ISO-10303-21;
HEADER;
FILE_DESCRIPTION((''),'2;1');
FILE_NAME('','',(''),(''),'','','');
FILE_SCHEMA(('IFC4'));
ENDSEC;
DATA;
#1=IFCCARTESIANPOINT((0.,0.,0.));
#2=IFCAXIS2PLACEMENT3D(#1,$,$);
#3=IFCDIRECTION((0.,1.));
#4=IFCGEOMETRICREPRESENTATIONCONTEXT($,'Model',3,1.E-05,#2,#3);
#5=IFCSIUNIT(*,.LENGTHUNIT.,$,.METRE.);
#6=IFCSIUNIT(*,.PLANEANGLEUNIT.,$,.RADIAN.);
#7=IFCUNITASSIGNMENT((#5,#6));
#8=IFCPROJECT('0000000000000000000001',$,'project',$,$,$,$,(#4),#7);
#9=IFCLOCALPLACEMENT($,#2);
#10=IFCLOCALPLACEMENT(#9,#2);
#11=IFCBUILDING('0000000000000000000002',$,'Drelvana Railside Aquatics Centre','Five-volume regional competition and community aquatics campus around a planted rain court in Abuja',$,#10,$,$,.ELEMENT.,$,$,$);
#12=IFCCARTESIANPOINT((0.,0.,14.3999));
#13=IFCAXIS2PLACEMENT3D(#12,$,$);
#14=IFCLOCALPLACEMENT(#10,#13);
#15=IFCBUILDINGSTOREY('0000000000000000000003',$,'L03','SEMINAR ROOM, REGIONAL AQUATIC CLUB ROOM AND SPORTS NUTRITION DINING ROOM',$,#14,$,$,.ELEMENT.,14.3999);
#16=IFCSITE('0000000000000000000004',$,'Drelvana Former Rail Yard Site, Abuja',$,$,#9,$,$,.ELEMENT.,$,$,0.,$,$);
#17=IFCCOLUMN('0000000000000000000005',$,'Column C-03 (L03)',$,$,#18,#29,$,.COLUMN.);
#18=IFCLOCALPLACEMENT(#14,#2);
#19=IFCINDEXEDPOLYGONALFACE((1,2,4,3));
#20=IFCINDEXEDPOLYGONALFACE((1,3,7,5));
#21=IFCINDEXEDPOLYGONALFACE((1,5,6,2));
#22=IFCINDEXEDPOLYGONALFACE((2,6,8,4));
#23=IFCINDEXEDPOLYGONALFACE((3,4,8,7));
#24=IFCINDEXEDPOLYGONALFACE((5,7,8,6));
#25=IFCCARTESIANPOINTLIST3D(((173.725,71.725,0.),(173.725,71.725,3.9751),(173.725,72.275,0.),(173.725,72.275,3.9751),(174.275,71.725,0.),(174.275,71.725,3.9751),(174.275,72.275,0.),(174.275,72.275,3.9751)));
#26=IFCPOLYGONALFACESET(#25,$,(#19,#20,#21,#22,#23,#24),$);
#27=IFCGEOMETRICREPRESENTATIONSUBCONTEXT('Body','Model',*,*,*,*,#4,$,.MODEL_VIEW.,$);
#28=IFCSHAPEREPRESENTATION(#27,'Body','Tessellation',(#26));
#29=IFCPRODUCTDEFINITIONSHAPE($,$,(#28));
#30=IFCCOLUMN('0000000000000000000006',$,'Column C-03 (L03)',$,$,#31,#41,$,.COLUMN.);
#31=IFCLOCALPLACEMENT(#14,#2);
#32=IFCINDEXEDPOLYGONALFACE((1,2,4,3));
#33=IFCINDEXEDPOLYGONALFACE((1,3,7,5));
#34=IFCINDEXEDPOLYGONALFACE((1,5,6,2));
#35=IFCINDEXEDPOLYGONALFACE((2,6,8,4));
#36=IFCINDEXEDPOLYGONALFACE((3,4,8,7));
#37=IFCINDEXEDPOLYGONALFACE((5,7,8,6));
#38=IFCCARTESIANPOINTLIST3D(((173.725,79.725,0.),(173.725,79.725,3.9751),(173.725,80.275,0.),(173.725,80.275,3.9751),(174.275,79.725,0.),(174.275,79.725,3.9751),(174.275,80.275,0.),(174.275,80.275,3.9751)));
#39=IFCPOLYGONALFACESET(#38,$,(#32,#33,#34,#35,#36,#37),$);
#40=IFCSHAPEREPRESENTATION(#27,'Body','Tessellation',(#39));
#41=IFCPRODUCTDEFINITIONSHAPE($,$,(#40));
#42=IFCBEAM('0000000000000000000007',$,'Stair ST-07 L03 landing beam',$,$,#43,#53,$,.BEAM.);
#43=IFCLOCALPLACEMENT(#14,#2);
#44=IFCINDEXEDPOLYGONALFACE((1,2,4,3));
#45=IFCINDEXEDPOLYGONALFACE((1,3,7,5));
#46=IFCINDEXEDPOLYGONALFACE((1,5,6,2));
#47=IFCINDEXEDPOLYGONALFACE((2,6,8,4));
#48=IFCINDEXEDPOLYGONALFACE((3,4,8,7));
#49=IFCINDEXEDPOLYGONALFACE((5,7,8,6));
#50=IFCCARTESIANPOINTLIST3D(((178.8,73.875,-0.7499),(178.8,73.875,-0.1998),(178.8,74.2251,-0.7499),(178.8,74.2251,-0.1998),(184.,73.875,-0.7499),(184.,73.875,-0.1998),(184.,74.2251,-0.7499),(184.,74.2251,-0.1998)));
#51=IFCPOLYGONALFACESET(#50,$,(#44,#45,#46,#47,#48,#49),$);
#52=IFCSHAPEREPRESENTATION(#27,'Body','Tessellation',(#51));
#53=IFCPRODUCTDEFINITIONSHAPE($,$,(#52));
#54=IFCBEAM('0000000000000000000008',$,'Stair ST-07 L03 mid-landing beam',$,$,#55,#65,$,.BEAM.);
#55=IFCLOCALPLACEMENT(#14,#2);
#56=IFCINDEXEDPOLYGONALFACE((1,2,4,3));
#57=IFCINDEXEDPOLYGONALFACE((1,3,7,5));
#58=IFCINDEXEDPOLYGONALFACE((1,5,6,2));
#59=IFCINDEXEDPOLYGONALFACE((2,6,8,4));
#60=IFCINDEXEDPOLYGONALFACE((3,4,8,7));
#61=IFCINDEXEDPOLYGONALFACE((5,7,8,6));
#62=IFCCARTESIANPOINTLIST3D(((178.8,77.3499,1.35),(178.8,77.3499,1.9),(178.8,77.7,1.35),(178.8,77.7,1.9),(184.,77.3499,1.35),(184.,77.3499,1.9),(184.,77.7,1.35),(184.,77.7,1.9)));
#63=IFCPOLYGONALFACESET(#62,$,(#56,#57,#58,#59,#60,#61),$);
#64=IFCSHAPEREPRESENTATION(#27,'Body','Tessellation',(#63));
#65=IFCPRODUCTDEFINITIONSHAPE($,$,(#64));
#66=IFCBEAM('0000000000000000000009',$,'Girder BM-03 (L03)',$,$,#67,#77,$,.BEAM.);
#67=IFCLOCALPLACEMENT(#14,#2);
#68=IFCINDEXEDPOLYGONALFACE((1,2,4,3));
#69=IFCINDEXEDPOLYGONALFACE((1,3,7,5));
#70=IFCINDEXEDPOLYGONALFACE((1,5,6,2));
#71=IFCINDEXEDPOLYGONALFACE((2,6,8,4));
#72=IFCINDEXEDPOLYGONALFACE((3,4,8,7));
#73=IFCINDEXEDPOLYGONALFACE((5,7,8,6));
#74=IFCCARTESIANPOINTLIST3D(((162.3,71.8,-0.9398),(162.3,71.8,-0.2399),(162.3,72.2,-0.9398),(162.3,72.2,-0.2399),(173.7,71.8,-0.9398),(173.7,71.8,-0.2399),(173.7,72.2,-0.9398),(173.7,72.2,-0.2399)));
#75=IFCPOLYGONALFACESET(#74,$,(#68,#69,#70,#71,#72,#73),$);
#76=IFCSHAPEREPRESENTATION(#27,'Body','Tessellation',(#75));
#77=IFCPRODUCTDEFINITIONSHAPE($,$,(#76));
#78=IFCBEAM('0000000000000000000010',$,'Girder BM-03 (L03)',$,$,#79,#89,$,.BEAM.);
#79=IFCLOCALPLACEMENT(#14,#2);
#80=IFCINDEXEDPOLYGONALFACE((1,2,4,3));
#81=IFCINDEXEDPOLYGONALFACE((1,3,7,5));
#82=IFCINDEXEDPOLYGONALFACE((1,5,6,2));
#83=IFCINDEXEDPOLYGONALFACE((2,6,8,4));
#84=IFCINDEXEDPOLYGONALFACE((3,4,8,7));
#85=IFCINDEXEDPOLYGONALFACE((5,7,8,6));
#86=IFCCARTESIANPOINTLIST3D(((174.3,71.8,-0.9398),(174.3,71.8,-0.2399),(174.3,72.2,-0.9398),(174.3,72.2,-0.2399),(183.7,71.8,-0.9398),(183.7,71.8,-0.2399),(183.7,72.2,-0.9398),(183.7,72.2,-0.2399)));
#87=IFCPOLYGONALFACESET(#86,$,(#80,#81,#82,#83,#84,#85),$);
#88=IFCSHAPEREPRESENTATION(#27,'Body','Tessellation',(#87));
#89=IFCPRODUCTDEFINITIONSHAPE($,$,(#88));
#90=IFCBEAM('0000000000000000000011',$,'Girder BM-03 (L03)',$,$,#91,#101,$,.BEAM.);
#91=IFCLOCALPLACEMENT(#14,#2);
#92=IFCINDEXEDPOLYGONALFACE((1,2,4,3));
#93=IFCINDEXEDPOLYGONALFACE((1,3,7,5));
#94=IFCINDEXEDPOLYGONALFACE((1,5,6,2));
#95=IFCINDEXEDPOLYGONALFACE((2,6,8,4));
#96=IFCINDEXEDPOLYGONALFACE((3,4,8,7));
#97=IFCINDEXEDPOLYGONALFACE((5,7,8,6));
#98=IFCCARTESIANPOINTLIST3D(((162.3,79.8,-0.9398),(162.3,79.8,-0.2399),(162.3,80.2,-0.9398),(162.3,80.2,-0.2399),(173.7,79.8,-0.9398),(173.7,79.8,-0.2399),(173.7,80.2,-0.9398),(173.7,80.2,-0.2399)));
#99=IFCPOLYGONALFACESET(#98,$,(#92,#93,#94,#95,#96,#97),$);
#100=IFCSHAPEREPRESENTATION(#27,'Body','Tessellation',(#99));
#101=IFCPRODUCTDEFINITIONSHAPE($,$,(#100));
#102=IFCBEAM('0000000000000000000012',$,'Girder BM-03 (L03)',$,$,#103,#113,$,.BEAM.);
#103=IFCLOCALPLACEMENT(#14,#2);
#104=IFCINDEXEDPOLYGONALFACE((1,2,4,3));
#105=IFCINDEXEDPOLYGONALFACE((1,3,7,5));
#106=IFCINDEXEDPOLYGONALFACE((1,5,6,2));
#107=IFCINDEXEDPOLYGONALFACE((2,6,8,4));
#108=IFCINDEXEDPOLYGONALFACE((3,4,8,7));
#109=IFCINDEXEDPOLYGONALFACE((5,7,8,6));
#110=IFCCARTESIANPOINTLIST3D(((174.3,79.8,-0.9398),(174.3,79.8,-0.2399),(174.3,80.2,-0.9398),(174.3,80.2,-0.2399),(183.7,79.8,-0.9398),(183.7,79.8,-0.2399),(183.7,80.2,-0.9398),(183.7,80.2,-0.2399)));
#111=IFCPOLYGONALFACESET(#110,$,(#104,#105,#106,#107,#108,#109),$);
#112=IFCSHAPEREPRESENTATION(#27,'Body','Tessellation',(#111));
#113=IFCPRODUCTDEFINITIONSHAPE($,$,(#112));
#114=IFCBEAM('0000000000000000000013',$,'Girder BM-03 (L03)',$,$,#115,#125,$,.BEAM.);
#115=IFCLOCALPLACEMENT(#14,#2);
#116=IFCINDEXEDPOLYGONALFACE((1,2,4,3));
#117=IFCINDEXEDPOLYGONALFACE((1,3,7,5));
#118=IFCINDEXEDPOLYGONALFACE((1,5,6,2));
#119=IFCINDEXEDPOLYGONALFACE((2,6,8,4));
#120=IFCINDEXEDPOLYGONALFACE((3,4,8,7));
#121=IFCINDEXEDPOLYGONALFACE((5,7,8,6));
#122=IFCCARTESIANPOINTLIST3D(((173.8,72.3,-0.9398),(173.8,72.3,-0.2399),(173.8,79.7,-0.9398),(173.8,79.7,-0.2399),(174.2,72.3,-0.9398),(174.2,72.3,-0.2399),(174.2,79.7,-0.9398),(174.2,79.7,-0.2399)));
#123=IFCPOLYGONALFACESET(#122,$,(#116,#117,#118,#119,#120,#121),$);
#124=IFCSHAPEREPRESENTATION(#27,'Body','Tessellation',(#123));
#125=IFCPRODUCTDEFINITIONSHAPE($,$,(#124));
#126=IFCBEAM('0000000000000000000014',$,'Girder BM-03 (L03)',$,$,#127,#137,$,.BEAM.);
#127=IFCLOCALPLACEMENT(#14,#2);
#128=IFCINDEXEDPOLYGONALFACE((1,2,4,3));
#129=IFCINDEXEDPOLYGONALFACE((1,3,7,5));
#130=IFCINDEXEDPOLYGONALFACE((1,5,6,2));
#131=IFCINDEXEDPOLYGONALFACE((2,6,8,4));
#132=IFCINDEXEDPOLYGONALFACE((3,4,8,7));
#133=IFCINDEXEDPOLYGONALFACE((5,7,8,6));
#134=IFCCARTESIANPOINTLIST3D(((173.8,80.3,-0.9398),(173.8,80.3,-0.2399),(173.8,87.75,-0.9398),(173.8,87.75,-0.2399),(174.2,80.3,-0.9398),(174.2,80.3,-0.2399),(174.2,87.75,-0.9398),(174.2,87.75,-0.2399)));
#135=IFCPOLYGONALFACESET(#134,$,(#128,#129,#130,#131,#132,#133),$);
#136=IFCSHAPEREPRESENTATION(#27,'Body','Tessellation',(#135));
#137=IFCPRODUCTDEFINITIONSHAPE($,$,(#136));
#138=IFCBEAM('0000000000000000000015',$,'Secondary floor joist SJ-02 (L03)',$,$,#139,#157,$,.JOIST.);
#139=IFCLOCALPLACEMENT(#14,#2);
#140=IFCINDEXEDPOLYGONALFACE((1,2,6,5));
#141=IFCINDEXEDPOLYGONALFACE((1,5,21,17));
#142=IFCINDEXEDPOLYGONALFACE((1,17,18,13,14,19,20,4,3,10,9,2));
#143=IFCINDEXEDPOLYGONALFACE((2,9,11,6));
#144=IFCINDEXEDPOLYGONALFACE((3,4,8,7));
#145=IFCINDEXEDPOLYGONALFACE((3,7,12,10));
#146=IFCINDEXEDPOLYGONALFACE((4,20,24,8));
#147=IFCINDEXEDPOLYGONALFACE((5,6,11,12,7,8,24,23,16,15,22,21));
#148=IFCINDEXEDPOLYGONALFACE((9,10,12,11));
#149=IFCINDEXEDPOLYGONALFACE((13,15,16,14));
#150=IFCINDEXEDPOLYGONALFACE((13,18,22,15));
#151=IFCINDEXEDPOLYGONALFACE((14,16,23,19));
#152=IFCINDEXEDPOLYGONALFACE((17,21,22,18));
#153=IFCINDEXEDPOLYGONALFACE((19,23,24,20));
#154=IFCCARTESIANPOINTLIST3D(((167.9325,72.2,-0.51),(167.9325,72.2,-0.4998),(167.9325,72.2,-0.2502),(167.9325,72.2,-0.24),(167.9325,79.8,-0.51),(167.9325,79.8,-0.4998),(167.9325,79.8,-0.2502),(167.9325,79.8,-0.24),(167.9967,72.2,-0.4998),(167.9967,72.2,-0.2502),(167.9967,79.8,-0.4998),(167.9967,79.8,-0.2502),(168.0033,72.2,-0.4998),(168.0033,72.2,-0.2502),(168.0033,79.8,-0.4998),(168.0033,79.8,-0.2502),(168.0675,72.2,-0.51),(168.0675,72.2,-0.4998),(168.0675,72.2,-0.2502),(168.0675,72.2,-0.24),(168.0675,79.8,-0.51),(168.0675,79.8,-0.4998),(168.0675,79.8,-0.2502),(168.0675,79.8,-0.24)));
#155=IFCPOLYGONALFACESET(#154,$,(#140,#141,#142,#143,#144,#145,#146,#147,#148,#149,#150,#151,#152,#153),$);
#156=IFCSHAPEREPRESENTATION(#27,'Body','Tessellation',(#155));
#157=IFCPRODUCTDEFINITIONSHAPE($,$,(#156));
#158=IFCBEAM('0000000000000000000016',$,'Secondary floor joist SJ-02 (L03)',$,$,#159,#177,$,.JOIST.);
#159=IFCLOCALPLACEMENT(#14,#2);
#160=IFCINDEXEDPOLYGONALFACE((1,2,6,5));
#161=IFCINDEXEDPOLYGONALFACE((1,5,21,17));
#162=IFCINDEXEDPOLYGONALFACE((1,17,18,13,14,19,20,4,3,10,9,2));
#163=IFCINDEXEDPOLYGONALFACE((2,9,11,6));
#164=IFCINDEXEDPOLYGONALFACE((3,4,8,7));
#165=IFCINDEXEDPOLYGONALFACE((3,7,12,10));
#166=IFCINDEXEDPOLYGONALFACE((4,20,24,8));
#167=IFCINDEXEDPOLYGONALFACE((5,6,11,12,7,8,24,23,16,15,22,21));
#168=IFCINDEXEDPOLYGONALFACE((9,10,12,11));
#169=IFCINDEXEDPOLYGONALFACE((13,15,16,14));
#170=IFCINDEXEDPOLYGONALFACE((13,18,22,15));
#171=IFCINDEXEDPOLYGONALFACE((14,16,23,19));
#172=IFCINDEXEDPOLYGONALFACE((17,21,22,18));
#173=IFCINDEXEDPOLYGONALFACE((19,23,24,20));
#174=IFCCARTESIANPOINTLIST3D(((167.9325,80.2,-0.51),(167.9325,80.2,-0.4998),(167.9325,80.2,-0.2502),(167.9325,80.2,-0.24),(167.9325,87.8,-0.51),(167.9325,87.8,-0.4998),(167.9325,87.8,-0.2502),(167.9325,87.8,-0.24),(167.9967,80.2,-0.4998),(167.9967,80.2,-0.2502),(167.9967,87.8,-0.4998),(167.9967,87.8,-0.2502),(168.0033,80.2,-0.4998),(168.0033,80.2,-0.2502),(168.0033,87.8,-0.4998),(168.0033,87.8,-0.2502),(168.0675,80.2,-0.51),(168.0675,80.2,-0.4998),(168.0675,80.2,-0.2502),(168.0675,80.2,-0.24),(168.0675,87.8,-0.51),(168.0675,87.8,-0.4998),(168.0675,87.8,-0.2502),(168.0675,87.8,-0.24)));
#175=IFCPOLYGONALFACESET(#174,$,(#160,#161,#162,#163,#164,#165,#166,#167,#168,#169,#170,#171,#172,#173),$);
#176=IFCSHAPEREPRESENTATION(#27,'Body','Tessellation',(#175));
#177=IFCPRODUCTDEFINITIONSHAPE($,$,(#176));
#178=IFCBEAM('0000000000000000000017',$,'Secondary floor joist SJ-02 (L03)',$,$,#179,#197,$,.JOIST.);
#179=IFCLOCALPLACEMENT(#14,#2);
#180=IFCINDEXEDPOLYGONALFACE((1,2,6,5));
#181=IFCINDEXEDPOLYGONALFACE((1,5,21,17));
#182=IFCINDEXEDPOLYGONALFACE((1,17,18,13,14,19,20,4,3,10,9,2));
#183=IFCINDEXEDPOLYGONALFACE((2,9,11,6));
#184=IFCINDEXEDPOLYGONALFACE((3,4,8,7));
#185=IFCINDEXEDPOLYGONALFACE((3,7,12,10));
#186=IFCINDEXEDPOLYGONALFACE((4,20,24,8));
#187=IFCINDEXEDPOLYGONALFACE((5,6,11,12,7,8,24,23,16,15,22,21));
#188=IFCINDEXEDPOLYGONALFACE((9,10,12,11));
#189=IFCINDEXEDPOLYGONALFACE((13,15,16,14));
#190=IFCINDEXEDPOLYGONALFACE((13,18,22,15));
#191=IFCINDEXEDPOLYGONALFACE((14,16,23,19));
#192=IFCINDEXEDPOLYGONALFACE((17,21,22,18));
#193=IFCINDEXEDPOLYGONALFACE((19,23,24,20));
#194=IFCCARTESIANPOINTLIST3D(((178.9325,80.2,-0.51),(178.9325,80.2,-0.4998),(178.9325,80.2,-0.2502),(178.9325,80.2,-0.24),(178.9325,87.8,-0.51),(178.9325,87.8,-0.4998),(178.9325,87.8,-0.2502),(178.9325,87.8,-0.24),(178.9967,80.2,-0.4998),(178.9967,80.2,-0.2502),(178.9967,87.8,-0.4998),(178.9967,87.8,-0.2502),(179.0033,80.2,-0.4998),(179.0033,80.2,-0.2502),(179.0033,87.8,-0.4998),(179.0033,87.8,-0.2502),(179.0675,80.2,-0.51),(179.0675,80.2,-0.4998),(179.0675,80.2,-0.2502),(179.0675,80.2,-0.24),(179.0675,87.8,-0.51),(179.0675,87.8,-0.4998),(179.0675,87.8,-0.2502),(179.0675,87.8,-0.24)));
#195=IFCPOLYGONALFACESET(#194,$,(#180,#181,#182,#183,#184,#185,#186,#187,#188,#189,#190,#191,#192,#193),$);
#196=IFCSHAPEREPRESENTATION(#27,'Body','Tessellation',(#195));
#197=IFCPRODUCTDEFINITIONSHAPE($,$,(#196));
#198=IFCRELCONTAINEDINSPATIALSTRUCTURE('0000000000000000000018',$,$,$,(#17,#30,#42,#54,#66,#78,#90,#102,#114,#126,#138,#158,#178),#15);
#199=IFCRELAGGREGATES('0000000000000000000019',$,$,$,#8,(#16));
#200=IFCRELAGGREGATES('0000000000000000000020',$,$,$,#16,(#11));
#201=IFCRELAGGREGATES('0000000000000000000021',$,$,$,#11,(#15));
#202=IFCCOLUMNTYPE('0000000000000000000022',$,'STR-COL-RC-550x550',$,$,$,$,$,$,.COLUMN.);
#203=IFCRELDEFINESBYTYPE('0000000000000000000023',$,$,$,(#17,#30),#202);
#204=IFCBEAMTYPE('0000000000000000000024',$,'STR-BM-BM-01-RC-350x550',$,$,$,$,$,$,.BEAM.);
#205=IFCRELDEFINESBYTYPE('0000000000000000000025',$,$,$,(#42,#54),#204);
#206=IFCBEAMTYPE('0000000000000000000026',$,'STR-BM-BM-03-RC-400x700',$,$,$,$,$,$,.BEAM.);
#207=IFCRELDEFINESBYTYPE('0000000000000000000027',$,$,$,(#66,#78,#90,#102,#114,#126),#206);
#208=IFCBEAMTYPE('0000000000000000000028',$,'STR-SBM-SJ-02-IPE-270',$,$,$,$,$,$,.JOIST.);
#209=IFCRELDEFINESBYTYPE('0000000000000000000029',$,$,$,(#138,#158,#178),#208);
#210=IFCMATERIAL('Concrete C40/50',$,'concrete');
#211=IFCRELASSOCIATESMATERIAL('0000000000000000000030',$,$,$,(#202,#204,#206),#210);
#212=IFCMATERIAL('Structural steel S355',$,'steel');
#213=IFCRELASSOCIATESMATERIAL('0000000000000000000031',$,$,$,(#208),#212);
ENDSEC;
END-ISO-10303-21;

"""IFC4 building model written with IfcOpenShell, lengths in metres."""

from ifc_helpers import new_model, si_unit, direction, frame, origin, origin_2d, place, context, subcontext, project, spatial, rectangle, i_section, extrude, material, material_profile, profile_set, type_object, element, save


model = new_model("IFC4")

# Units and contexts
model_context = context("Model", 3, precision=1e-05, world=origin(), true_north=direction((0.0, 1.0)))
body_context = subcontext(model_context, "Body", "Model", "MODEL_VIEW")
ifc_project = project(units=[si_unit("LENGTHUNIT", "METRE"), si_unit("PLANEANGLEUNIT", "RADIAN")], contexts=[model_context])

# Site, building, storey
site_placement = place(None, origin())
site = spatial("IfcSite", under=ifc_project, at=site_placement, Name="Drelvana Former Rail Yard Site, Abuja", CompositionType="ELEMENT", RefElevation=0.0)
building_placement = place(site_placement, origin())
building = spatial("IfcBuilding", under=site, at=building_placement, Name="Drelvana Railside Aquatics Centre", Description="Five-volume regional competition and community aquatics campus around a planted rain court in Abuja", CompositionType="ELEMENT")
storey_placement = place(building_placement, frame((0.0, 0.0, 14.3999)))
storey = spatial("IfcBuildingStorey", under=building, at=storey_placement, Name="L03", Description="SEMINAR ROOM, REGIONAL AQUATIC CLUB ROOM AND SPORTS NUTRITION DINING ROOM", CompositionType="ELEMENT", Elevation=14.3999)

# Columns
ifc_material_1 = material(Name="Concrete C40/50", Category="concrete")
ifc_material_profile_1 = material_profile(ifc_material_1, rectangle(XDim=0.55, YDim=0.55, at=origin_2d()), Name="RC 550x550")
ifc_profile_set_1 = profile_set([ifc_material_profile_1], Name="Concrete C40/50")
column_type = type_object("IfcColumnType", Name="STR-COL-RC-550x550", PredefinedType="COLUMN", material=ifc_profile_set_1)
for number, where, z_axis, x_axis, name in (
    (1, (174.0, 72.0, 0.0), (0.0, 0.0, 1.0), (1.0, 0.0, 0.0), "Column C-03 (L03)"),
    (2, (174.0, 80.0, 0.0), (0.0, 0.0, 1.0), (1.0, 0.0, 0.0), "Column C-03 (L03)"),
):
    element("IfcColumn", number, at=place(storey_placement, frame(where, z_axis=z_axis, x_axis=x_axis)), inside=storey, type_object=column_type, Name=name, PredefinedType="COLUMN", context=body_context, shape_type="SweptSolid", body=[
        extrude(rectangle(XDim=0.55, YDim=0.55, at=origin_2d()), origin(), (0.0, 0.0, 1.0), 3.9751),
    ])

# Beams
ifc_material_profile_2 = material_profile(ifc_material_1, rectangle(XDim=0.3501, YDim=0.55, at=origin_2d()), Name="RC 350x550")
ifc_profile_set_2 = profile_set([ifc_material_profile_2], Name="Concrete C40/50")
beam_type_1 = type_object("IfcBeamType", Name="STR-BM-BM-01-RC-350x550", PredefinedType="BEAM", material=ifc_profile_set_2)
for number, where, z_axis, x_axis, name in (
    (3, (178.8, 74.05, -0.4749), (1.0, 0.0, 0.0), (0.0, 1.0, 0.0), "Stair ST-07 L03 landing beam"),
    (4, (178.8, 77.5249, 1.625), (1.0, 0.0, 0.0), (0.0, 1.0, 0.0), "Stair ST-07 L03 mid-landing beam"),
):
    element("IfcBeam", number, at=place(storey_placement, frame(where, z_axis=z_axis, x_axis=x_axis)), inside=storey, type_object=beam_type_1, Name=name, PredefinedType="BEAM", context=body_context, shape_type="SweptSolid", body=[
        extrude(rectangle(XDim=0.3501, YDim=0.55, at=origin_2d()), origin(), (0.0, 0.0, 1.0), 5.2),
    ])
ifc_material_profile_3 = material_profile(ifc_material_1, rectangle(XDim=0.3999, YDim=0.7, at=origin_2d()), Name="RC 400x700")
ifc_profile_set_3 = profile_set([ifc_material_profile_3], Name="Concrete C40/50")
beam_type_2 = type_object("IfcBeamType", Name="STR-BM-BM-03-RC-400x700", PredefinedType="BEAM", material=ifc_profile_set_3)
beam_1_placement = place(storey_placement, frame((162.3, 72.0, -0.5898), z_axis=(1.0, 0.0, 0.0), x_axis=(0.0, 1.0, 0.0)))
element("IfcBeam", 5, at=beam_1_placement, inside=storey, type_object=beam_type_2, Name="Girder BM-03 (L03)", PredefinedType="BEAM", context=body_context, shape_type="SweptSolid", body=[
    extrude(rectangle(XDim=0.3999, YDim=0.7, at=origin_2d()), origin(), (0.0, 0.0, 1.0), 11.3999),
])
beam_2_placement = place(storey_placement, frame((174.3, 72.0, -0.5898), z_axis=(1.0, 0.0, 0.0), x_axis=(0.0, 1.0, 0.0)))
element("IfcBeam", 6, at=beam_2_placement, inside=storey, type_object=beam_type_2, Name="Girder BM-03 (L03)", PredefinedType="BEAM", context=body_context, shape_type="SweptSolid", body=[
    extrude(rectangle(XDim=0.3999, YDim=0.7, at=origin_2d()), origin(), (0.0, 0.0, 1.0), 9.3999),
])
beam_3_placement = place(storey_placement, frame((162.3, 80.0, -0.5898), z_axis=(1.0, 0.0, 0.0), x_axis=(0.0, 1.0, 0.0)))
element("IfcBeam", 7, at=beam_3_placement, inside=storey, type_object=beam_type_2, Name="Girder BM-03 (L03)", PredefinedType="BEAM", context=body_context, shape_type="SweptSolid", body=[
    extrude(rectangle(XDim=0.3999, YDim=0.7, at=origin_2d()), origin(), (0.0, 0.0, 1.0), 11.3999),
])
beam_4_placement = place(storey_placement, frame((174.3, 80.0, -0.5898), z_axis=(1.0, 0.0, 0.0), x_axis=(0.0, 1.0, 0.0)))
element("IfcBeam", 8, at=beam_4_placement, inside=storey, type_object=beam_type_2, Name="Girder BM-03 (L03)", PredefinedType="BEAM", context=body_context, shape_type="SweptSolid", body=[
    extrude(rectangle(XDim=0.3999, YDim=0.7, at=origin_2d()), origin(), (0.0, 0.0, 1.0), 9.3999),
])
beam_5_placement = place(storey_placement, frame((174.0, 72.3, -0.5898), z_axis=(0.0, 1.0, 0.0), x_axis=(-1.0, 0.0, 0.0)))
element("IfcBeam", 9, at=beam_5_placement, inside=storey, type_object=beam_type_2, Name="Girder BM-03 (L03)", PredefinedType="BEAM", context=body_context, shape_type="SweptSolid", body=[
    extrude(rectangle(XDim=0.3999, YDim=0.7, at=origin_2d()), origin(), (0.0, 0.0, 1.0), 7.3999),
])
beam_6_placement = place(storey_placement, frame((174.0, 80.3, -0.5898), z_axis=(0.0, 1.0, 0.0), x_axis=(-1.0, 0.0, 0.0)))
element("IfcBeam", 10, at=beam_6_placement, inside=storey, type_object=beam_type_2, Name="Girder BM-03 (L03)", PredefinedType="BEAM", context=body_context, shape_type="SweptSolid", body=[
    extrude(rectangle(XDim=0.3999, YDim=0.7, at=origin_2d()), origin(), (0.0, 0.0, 1.0), 7.45),
])
ifc_material_2 = material(Name="Structural steel S355", Category="steel")
ifc_material_profile_4 = material_profile(ifc_material_2, i_section(OverallWidth=0.135, OverallDepth=0.27, WebThickness=0.0066, FlangeThickness=0.0103, at=origin_2d()), Name="IPE 270")
ifc_profile_set_4 = profile_set([ifc_material_profile_4], Name="Structural steel S355")
beam_type_3 = type_object("IfcBeamType", Name="STR-SBM-SJ-02-IPE-270", PredefinedType="JOIST", material=ifc_profile_set_4)
for number, where, z_axis, x_axis, name in (
    (11, (168.0, 72.2, -0.375), (0.0, 1.0, 0.0), (-1.0, 0.0, 0.0), "Secondary floor joist SJ-02 (L03)"),
    (12, (168.0, 80.2, -0.375), (0.0, 1.0, 0.0), (-1.0, 0.0, 0.0), "Secondary floor joist SJ-02 (L03)"),
    (13, (179.0, 80.2, -0.375), (0.0, 1.0, 0.0), (-1.0, 0.0, 0.0), "Secondary floor joist SJ-02 (L03)"),
):
    element("IfcBeam", number, at=place(storey_placement, frame(where, z_axis=z_axis, x_axis=x_axis)), inside=storey, type_object=beam_type_3, Name=name, PredefinedType="JOIST", context=body_context, shape_type="SweptSolid", body=[
        extrude(i_section(OverallWidth=0.135, OverallDepth=0.27, WebThickness=0.0066, FlangeThickness=0.0103, at=origin_2d()), origin(), (0.0, 0.0, 1.0), 7.6001),
    ])

save(model, "model.ifc")
